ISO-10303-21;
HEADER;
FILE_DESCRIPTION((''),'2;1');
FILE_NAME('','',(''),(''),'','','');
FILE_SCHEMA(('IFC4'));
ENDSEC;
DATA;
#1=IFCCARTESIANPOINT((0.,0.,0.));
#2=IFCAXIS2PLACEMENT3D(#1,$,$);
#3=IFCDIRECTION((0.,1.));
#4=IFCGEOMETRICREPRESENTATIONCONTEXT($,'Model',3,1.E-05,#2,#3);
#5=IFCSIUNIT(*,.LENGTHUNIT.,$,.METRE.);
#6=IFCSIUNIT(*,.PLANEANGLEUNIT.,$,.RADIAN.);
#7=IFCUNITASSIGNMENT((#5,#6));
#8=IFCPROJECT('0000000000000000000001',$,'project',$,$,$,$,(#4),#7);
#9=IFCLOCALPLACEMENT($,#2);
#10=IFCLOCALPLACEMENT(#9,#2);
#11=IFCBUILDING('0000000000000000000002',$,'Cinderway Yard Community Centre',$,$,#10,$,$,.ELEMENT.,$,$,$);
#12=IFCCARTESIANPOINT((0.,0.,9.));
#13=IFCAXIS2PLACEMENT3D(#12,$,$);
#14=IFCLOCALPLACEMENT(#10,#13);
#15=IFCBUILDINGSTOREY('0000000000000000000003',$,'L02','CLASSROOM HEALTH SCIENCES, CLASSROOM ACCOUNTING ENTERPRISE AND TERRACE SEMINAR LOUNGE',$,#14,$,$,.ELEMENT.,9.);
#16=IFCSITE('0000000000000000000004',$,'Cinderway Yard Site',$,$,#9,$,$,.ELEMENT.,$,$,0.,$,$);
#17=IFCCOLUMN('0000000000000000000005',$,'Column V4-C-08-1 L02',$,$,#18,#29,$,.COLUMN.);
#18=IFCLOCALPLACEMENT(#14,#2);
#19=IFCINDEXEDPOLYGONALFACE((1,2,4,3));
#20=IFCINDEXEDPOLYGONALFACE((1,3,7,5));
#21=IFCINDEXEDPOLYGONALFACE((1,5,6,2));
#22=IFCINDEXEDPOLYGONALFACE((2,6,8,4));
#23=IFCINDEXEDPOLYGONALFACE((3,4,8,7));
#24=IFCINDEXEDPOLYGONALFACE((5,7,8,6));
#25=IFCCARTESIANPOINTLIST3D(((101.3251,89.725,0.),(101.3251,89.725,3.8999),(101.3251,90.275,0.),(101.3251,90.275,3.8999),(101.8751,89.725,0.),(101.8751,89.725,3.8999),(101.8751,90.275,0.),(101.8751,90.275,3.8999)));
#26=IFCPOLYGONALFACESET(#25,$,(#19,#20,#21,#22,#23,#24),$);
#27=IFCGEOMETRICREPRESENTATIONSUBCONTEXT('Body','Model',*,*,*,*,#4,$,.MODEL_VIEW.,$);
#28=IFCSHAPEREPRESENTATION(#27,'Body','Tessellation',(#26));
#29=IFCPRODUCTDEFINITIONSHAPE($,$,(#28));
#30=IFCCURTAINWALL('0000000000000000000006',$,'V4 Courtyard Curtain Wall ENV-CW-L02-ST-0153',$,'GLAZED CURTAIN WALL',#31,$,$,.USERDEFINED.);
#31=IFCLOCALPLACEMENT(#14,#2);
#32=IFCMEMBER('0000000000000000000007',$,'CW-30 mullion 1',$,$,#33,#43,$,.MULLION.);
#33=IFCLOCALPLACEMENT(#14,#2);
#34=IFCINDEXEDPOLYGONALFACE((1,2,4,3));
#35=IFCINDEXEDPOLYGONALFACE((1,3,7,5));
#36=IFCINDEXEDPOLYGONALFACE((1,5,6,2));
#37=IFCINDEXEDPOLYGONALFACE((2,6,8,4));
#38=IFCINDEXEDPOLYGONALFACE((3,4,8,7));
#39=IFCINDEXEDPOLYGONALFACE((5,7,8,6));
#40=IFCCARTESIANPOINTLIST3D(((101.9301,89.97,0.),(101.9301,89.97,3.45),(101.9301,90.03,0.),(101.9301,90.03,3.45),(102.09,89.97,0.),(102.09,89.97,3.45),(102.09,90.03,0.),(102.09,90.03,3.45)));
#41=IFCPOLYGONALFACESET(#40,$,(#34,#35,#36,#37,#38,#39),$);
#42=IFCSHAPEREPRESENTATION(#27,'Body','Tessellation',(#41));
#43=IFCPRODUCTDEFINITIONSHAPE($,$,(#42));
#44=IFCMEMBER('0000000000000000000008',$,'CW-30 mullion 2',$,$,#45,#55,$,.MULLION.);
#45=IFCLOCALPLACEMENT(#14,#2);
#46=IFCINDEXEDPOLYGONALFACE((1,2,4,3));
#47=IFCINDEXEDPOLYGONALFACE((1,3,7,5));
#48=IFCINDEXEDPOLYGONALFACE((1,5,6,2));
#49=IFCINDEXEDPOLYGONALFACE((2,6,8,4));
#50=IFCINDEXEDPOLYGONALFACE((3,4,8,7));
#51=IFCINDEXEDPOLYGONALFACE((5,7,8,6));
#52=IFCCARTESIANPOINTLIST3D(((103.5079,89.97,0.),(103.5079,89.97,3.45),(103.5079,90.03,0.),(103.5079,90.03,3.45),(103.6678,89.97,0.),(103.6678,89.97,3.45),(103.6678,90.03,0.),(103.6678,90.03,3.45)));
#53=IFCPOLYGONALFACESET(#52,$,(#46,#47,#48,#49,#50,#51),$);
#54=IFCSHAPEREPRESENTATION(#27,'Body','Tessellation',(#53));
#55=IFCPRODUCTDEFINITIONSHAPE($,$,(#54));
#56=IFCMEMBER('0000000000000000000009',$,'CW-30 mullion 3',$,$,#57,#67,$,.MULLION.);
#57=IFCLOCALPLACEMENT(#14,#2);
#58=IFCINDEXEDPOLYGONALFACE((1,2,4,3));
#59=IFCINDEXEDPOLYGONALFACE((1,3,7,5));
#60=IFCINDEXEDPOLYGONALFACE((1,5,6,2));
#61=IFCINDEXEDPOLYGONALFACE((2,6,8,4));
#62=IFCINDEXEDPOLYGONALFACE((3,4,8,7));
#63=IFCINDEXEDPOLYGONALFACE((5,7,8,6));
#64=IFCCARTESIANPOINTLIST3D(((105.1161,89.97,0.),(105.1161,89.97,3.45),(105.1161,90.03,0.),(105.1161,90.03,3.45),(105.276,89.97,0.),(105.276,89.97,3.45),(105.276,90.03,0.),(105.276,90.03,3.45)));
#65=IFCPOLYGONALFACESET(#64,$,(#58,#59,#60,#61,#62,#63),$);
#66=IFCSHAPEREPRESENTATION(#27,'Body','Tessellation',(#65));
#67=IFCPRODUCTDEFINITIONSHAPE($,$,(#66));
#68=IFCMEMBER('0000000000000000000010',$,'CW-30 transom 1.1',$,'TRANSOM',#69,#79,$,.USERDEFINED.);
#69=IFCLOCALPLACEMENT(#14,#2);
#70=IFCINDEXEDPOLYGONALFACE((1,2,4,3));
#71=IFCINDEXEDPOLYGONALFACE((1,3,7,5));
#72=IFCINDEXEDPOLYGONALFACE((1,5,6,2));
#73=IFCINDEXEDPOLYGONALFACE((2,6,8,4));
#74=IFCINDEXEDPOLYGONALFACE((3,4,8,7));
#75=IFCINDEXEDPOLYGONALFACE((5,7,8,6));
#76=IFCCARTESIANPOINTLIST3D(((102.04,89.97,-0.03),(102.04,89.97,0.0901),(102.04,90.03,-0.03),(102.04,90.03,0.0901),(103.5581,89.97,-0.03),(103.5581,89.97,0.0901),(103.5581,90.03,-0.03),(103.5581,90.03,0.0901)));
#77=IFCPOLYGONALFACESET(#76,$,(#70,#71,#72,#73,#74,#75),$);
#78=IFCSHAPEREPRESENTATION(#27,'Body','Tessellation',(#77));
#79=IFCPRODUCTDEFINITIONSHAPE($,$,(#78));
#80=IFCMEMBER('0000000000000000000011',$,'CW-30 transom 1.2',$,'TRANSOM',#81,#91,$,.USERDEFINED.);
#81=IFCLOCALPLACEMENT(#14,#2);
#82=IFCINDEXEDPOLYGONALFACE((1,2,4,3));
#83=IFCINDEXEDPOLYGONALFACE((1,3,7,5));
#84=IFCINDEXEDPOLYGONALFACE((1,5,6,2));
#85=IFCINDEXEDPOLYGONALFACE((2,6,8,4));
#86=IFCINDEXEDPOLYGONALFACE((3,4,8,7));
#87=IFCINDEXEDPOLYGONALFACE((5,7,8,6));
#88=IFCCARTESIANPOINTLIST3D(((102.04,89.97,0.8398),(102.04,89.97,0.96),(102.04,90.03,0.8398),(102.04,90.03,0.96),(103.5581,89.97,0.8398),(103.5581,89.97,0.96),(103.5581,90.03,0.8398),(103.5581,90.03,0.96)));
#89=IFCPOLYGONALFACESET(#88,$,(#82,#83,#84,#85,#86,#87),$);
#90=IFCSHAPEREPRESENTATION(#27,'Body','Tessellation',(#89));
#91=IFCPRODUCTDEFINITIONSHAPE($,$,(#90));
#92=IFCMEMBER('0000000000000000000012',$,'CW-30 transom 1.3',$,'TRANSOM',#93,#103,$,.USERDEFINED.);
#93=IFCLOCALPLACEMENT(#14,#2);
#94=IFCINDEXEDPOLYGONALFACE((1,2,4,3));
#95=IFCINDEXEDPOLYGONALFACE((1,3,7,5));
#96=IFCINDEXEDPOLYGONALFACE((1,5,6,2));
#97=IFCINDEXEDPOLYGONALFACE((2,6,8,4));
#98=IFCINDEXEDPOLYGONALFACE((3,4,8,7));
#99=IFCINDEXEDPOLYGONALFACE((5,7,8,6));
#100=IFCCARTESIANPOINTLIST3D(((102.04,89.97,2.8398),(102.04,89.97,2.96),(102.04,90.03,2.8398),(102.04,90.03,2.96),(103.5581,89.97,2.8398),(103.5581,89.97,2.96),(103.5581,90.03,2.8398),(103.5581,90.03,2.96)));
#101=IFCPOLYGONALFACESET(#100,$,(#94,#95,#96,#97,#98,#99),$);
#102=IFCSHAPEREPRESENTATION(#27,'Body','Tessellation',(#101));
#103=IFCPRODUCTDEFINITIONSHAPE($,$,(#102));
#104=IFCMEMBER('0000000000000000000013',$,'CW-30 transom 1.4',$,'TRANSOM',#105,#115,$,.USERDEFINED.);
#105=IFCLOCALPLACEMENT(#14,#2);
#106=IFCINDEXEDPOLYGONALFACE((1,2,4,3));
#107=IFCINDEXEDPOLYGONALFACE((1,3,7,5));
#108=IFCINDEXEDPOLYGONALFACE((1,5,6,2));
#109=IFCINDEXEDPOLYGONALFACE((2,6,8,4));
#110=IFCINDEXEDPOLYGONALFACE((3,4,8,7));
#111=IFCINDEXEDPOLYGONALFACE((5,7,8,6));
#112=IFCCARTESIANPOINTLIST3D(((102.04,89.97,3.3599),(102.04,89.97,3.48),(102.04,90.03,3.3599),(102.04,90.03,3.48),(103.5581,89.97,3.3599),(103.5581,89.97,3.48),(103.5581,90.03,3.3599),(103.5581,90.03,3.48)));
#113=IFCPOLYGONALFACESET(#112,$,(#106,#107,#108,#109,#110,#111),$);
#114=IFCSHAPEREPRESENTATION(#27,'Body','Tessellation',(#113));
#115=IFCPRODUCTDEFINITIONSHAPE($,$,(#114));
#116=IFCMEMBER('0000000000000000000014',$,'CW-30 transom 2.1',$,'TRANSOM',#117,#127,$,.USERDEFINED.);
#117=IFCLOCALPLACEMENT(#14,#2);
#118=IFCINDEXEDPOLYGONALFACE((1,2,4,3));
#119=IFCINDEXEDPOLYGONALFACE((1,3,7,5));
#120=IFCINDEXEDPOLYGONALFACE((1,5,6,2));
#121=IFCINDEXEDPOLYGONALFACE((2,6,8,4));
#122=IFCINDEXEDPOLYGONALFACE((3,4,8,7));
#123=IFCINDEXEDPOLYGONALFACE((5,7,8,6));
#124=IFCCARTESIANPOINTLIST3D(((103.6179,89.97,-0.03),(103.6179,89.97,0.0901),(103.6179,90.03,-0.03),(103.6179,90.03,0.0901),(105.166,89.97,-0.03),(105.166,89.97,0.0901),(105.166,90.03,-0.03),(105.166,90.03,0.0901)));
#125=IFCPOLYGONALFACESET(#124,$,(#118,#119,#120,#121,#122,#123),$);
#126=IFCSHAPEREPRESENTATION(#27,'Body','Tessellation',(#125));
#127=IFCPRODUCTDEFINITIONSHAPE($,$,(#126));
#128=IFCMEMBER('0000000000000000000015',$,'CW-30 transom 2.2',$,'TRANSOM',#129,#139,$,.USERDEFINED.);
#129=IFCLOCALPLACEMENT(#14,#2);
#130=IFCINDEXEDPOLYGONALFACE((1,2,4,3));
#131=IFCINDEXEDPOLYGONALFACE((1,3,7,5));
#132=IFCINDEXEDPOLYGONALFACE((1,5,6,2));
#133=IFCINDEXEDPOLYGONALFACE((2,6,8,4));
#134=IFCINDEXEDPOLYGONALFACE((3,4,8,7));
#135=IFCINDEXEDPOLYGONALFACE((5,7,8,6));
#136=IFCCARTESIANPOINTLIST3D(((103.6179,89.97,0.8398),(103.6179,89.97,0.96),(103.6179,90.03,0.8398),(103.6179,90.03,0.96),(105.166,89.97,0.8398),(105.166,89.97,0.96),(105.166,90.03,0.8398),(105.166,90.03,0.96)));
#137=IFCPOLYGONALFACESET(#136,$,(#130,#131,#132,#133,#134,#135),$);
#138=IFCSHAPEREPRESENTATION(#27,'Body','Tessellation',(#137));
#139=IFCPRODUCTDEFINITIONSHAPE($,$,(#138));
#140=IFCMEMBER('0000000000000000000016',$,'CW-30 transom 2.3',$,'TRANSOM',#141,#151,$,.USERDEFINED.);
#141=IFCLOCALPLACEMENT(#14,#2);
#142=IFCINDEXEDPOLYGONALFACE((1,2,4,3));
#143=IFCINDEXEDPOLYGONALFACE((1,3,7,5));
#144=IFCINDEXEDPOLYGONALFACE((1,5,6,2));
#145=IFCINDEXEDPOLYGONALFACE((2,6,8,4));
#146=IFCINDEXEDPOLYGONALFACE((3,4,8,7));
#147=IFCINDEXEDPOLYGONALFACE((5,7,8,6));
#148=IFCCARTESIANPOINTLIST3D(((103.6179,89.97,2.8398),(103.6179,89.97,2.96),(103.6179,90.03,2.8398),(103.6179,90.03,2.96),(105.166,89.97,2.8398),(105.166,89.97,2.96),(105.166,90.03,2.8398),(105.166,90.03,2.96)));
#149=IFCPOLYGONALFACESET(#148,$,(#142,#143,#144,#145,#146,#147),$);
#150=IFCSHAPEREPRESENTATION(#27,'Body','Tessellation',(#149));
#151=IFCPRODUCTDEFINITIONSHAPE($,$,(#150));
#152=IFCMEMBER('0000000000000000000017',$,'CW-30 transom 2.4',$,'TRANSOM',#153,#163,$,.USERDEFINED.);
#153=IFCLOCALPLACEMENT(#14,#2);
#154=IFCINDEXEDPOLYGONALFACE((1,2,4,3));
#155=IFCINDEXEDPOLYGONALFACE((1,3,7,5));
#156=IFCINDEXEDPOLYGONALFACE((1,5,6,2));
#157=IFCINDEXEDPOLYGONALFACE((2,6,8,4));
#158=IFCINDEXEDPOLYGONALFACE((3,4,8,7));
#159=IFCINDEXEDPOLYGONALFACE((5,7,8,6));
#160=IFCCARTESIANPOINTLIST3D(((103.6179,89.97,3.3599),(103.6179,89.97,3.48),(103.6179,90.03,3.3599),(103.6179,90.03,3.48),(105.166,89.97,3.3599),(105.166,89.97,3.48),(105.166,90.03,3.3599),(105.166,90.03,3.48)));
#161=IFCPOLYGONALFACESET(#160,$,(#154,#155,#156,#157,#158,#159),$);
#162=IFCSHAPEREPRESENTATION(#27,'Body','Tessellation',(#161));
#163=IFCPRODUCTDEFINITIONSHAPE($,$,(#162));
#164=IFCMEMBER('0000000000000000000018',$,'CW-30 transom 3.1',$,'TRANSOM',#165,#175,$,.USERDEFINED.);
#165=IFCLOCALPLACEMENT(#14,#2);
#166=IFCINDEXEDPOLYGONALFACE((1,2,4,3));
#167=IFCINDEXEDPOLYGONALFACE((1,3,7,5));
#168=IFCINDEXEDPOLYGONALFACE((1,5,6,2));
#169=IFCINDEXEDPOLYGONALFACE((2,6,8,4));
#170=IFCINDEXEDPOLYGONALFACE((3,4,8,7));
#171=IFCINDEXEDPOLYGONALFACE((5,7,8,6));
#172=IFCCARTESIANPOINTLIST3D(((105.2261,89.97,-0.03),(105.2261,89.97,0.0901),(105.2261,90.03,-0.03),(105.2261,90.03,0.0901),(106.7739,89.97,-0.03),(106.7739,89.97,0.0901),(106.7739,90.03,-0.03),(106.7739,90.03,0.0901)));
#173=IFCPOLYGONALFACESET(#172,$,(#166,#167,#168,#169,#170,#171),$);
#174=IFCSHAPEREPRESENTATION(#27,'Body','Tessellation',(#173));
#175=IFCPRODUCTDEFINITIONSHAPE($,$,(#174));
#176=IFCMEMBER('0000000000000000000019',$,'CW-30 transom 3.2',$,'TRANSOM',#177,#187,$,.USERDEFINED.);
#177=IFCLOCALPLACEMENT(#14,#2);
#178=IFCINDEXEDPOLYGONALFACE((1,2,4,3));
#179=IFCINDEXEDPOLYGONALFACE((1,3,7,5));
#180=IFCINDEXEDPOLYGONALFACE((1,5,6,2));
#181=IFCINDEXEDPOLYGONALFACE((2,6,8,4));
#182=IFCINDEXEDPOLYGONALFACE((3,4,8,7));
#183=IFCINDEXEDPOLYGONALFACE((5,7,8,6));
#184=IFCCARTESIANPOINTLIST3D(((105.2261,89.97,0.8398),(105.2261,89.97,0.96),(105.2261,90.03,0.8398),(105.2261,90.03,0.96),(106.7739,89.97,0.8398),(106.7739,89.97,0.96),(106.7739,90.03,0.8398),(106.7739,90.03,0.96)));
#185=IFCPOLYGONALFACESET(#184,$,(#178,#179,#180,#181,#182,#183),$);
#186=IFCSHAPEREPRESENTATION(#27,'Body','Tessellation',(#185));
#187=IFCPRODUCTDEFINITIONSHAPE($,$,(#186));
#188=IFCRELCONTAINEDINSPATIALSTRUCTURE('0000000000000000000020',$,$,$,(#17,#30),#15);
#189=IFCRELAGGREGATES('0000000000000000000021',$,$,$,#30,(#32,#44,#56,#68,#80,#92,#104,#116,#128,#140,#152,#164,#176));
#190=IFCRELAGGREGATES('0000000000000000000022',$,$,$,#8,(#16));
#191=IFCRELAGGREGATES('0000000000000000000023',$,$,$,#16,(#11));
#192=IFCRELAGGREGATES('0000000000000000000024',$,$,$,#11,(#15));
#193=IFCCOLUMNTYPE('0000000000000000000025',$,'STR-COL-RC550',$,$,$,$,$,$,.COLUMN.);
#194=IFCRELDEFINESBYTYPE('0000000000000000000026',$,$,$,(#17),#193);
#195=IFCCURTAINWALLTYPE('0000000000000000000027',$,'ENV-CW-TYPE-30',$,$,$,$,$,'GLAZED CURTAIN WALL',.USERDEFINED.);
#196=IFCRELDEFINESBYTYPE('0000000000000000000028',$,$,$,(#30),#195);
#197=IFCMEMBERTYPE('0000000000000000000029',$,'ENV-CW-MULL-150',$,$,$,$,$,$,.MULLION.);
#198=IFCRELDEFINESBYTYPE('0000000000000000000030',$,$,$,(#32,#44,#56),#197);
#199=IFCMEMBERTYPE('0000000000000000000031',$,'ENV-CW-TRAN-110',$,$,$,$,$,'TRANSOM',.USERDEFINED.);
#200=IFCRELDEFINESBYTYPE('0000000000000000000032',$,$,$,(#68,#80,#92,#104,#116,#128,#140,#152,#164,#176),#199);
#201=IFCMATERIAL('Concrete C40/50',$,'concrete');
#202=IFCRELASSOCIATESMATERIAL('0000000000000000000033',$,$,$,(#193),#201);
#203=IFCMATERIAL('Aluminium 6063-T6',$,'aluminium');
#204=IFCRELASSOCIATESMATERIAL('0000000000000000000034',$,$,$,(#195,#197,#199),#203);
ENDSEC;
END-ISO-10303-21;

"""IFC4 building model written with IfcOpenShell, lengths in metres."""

from ifc_helpers import new_model, si_unit, direction, frame, origin, origin_2d, place, context, subcontext, project, spatial, rectangle, extrude, material, material_profile, profile_set, type_object, element, aggregate, save


model = new_model("IFC4")

# Units and contexts
model_context = context("Model", 3, precision=1e-05, world=origin(), true_north=direction((0.0, 1.0)))
body_context = subcontext(model_context, "Body", "Model", "MODEL_VIEW")
ifc_project = project(units=[si_unit("LENGTHUNIT", "METRE"), si_unit("PLANEANGLEUNIT", "RADIAN")], contexts=[model_context])

# Site, building, storey
site_placement = place(None, origin())
site = spatial("IfcSite", under=ifc_project, at=site_placement, Name="Cinderway Yard Site", CompositionType="ELEMENT", RefElevation=0.0)
building_placement = place(site_placement, origin())
building = spatial("IfcBuilding", under=site, at=building_placement, Name="Cinderway Yard Community Centre", CompositionType="ELEMENT")
storey_placement = place(building_placement, frame((0.0, 0.0, 9.0)))
storey = spatial("IfcBuildingStorey", under=building, at=storey_placement, Name="L02", Description="CLASSROOM HEALTH SCIENCES, CLASSROOM ACCOUNTING ENTERPRISE AND TERRACE SEMINAR LOUNGE", CompositionType="ELEMENT", Elevation=9.0)

# Column
ifc_material_1 = material(Name="Concrete C40/50", Category="concrete")
ifc_material_profile_1 = material_profile(ifc_material_1, rectangle(XDim=0.55, YDim=0.55, at=origin_2d()), Name="Concrete C40/50")
ifc_profile_set_1 = profile_set([ifc_material_profile_1], Name="Concrete C40/50")
column_type = type_object("IfcColumnType", Name="STR-COL-RC550", PredefinedType="COLUMN", material=ifc_profile_set_1)
column_placement = place(storey_placement, frame((101.6001, 90.0, 0.0), z_axis=(0.0, 0.0, 1.0), x_axis=(1.0, 0.0, 0.0)))
element("IfcColumn", 1, at=column_placement, inside=storey, type_object=column_type, Name="Column V4-C-08-1 L02", PredefinedType="COLUMN", context=body_context, shape_type="SweptSolid", body=[
    extrude(rectangle(XDim=0.55, YDim=0.55, at=origin_2d()), origin(), (0.0, 0.0, 1.0), 3.8999),
])

# Curtain wall, members
ifc_material_2 = material(Name="Aluminium 6063-T6", Category="aluminium")
curtain_wall_type = type_object("IfcCurtainWallType", Name="ENV-CW-TYPE-30", ElementType="GLAZED CURTAIN WALL", PredefinedType="USERDEFINED", material=ifc_material_2)
curtain_wall_placement = place(storey_placement, origin())
curtain_wall = element("IfcCurtainWall", 2, at=curtain_wall_placement, inside=storey, type_object=curtain_wall_type, Name="V4 Courtyard Curtain Wall ENV-CW-L02-ST-0153", ObjectType="GLAZED CURTAIN WALL", PredefinedType="USERDEFINED")
ifc_material_profile_2 = material_profile(ifc_material_2, rectangle(XDim=0.0601, YDim=0.1599, at=origin_2d()), Name="Aluminium 6063-T6")
ifc_profile_set_2 = profile_set([ifc_material_profile_2], Name="Aluminium 6063-T6")
member_type_1 = type_object("IfcMemberType", Name="ENV-CW-MULL-150", PredefinedType="MULLION", material=ifc_profile_set_2)
member_1_placement = place(storey_placement, frame((102.01, 90.0, 0.0), z_axis=(0.0, 0.0, 1.0), x_axis=(0.0, 1.0, 0.0)))
member_1 = element("IfcMember", 3, at=member_1_placement, type_object=member_type_1, Name="CW-30 mullion 1", PredefinedType="MULLION", context=body_context, shape_type="SweptSolid", body=[
    extrude(rectangle(XDim=0.0601, YDim=0.1599, at=origin_2d()), origin(), (0.0, 0.0, 1.0), 3.45),
])
member_2_placement = place(storey_placement, frame((103.5879, 90.0, 0.0), z_axis=(0.0, 0.0, 1.0), x_axis=(0.0, 1.0, 0.0)))
member_2 = element("IfcMember", 4, at=member_2_placement, type_object=member_type_1, Name="CW-30 mullion 2", PredefinedType="MULLION", context=body_context, shape_type="SweptSolid", body=[
    extrude(rectangle(XDim=0.0601, YDim=0.1599, at=origin_2d()), origin(), (0.0, 0.0, 1.0), 3.45),
])
member_3_placement = place(storey_placement, frame((105.196, 90.0, 0.0), z_axis=(0.0, 0.0, 1.0), x_axis=(0.0, 1.0, 0.0)))
member_3 = element("IfcMember", 5, at=member_3_placement, type_object=member_type_1, Name="CW-30 mullion 3", PredefinedType="MULLION", context=body_context, shape_type="SweptSolid", body=[
    extrude(rectangle(XDim=0.0601, YDim=0.1599, at=origin_2d()), origin(), (0.0, 0.0, 1.0), 3.45),
])
ifc_material_profile_3 = material_profile(ifc_material_2, rectangle(XDim=0.0601, YDim=0.1201, at=origin_2d()), Name="Aluminium 6063-T6")
ifc_profile_set_3 = profile_set([ifc_material_profile_3], Name="Aluminium 6063-T6")
member_type_2 = type_object("IfcMemberType", Name="ENV-CW-TRAN-110", ElementType="TRANSOM", PredefinedType="USERDEFINED", material=ifc_profile_set_3)
member_4_placement = place(storey_placement, frame((102.04, 90.0, 0.03), z_axis=(1.0, 0.0, 0.0), x_axis=(0.0, 1.0, 0.0)))
member_4 = element("IfcMember", 6, at=member_4_placement, type_object=member_type_2, Name="CW-30 transom 1.1", ObjectType="TRANSOM", PredefinedType="USERDEFINED", context=body_context, shape_type="SweptSolid", body=[
    extrude(rectangle(XDim=0.0601, YDim=0.1201, at=origin_2d()), origin(), (0.0, 0.0, 1.0), 1.5181),
])
member_5_placement = place(storey_placement, frame((102.04, 90.0, 0.8999), z_axis=(1.0, 0.0, 0.0), x_axis=(0.0, 1.0, 0.0)))
member_5 = element("IfcMember", 7, at=member_5_placement, type_object=member_type_2, Name="CW-30 transom 1.2", ObjectType="TRANSOM", PredefinedType="USERDEFINED", context=body_context, shape_type="SweptSolid", body=[
    extrude(rectangle(XDim=0.0601, YDim=0.1201, at=origin_2d()), origin(), (0.0, 0.0, 1.0), 1.5181),
])
member_6_placement = place(storey_placement, frame((102.04, 90.0, 2.8999), z_axis=(1.0, 0.0, 0.0), x_axis=(0.0, 1.0, 0.0)))
member_6 = element("IfcMember", 8, at=member_6_placement, type_object=member_type_2, Name="CW-30 transom 1.3", ObjectType="TRANSOM", PredefinedType="USERDEFINED", context=body_context, shape_type="SweptSolid", body=[
    extrude(rectangle(XDim=0.0601, YDim=0.1201, at=origin_2d()), origin(), (0.0, 0.0, 1.0), 1.5181),
])
member_7_placement = place(storey_placement, frame((102.04, 90.0, 3.4199), z_axis=(1.0, 0.0, 0.0), x_axis=(0.0, 1.0, 0.0)))
member_7 = element("IfcMember", 9, at=member_7_placement, type_object=member_type_2, Name="CW-30 transom 1.4", ObjectType="TRANSOM", PredefinedType="USERDEFINED", context=body_context, shape_type="SweptSolid", body=[
    extrude(rectangle(XDim=0.0601, YDim=0.1201, at=origin_2d()), origin(), (0.0, 0.0, 1.0), 1.5181),
])
member_8_placement = place(storey_placement, frame((103.6179, 90.0, 0.03), z_axis=(1.0, 0.0, 0.0), x_axis=(0.0, 1.0, 0.0)))
member_8 = element("IfcMember", 10, at=member_8_placement, type_object=member_type_2, Name="CW-30 transom 2.1", ObjectType="TRANSOM", PredefinedType="USERDEFINED", context=body_context, shape_type="SweptSolid", body=[
    extrude(rectangle(XDim=0.0601, YDim=0.1201, at=origin_2d()), origin(), (0.0, 0.0, 1.0), 1.5481),
])
member_9_placement = place(storey_placement, frame((103.6179, 90.0, 0.8999), z_axis=(1.0, 0.0, 0.0), x_axis=(0.0, 1.0, 0.0)))
member_9 = element("IfcMember", 11, at=member_9_placement, type_object=member_type_2, Name="CW-30 transom 2.2", ObjectType="TRANSOM", PredefinedType="USERDEFINED", context=body_context, shape_type="SweptSolid", body=[
    extrude(rectangle(XDim=0.0601, YDim=0.1201, at=origin_2d()), origin(), (0.0, 0.0, 1.0), 1.5481),
])
member_10_placement = place(storey_placement, frame((103.6179, 90.0, 2.8999), z_axis=(1.0, 0.0, 0.0), x_axis=(0.0, 1.0, 0.0)))
member_10 = element("IfcMember", 12, at=member_10_placement, type_object=member_type_2, Name="CW-30 transom 2.3", ObjectType="TRANSOM", PredefinedType="USERDEFINED", context=body_context, shape_type="SweptSolid", body=[
    extrude(rectangle(XDim=0.0601, YDim=0.1201, at=origin_2d()), origin(), (0.0, 0.0, 1.0), 1.5481),
])
member_11_placement = place(storey_placement, frame((103.6179, 90.0, 3.4199), z_axis=(1.0, 0.0, 0.0), x_axis=(0.0, 1.0, 0.0)))
member_11 = element("IfcMember", 13, at=member_11_placement, type_object=member_type_2, Name="CW-30 transom 2.4", ObjectType="TRANSOM", PredefinedType="USERDEFINED", context=body_context, shape_type="SweptSolid", body=[
    extrude(rectangle(XDim=0.0601, YDim=0.1201, at=origin_2d()), origin(), (0.0, 0.0, 1.0), 1.5481),
])
member_12_placement = place(storey_placement, frame((105.2261, 90.0, 0.03), z_axis=(1.0, 0.0, 0.0), x_axis=(0.0, 1.0, 0.0)))
member_12 = element("IfcMember", 14, at=member_12_placement, type_object=member_type_2, Name="CW-30 transom 3.1", ObjectType="TRANSOM", PredefinedType="USERDEFINED", context=body_context, shape_type="SweptSolid", body=[
    extrude(rectangle(XDim=0.0601, YDim=0.1201, at=origin_2d()), origin(), (0.0, 0.0, 1.0), 1.5479),
])
member_13_placement = place(storey_placement, frame((105.2261, 90.0, 0.8999), z_axis=(1.0, 0.0, 0.0), x_axis=(0.0, 1.0, 0.0)))
member_13 = element("IfcMember", 15, at=member_13_placement, type_object=member_type_2, Name="CW-30 transom 3.2", ObjectType="TRANSOM", PredefinedType="USERDEFINED", context=body_context, shape_type="SweptSolid", body=[
    extrude(rectangle(XDim=0.0601, YDim=0.1201, at=origin_2d()), origin(), (0.0, 0.0, 1.0), 1.5479),
])

aggregate(curtain_wall, [member_1, member_2, member_3, member_4, member_5, member_6, member_7, member_8, member_9, member_10, member_11, member_12, member_13])

save(model, "model.ifc")
